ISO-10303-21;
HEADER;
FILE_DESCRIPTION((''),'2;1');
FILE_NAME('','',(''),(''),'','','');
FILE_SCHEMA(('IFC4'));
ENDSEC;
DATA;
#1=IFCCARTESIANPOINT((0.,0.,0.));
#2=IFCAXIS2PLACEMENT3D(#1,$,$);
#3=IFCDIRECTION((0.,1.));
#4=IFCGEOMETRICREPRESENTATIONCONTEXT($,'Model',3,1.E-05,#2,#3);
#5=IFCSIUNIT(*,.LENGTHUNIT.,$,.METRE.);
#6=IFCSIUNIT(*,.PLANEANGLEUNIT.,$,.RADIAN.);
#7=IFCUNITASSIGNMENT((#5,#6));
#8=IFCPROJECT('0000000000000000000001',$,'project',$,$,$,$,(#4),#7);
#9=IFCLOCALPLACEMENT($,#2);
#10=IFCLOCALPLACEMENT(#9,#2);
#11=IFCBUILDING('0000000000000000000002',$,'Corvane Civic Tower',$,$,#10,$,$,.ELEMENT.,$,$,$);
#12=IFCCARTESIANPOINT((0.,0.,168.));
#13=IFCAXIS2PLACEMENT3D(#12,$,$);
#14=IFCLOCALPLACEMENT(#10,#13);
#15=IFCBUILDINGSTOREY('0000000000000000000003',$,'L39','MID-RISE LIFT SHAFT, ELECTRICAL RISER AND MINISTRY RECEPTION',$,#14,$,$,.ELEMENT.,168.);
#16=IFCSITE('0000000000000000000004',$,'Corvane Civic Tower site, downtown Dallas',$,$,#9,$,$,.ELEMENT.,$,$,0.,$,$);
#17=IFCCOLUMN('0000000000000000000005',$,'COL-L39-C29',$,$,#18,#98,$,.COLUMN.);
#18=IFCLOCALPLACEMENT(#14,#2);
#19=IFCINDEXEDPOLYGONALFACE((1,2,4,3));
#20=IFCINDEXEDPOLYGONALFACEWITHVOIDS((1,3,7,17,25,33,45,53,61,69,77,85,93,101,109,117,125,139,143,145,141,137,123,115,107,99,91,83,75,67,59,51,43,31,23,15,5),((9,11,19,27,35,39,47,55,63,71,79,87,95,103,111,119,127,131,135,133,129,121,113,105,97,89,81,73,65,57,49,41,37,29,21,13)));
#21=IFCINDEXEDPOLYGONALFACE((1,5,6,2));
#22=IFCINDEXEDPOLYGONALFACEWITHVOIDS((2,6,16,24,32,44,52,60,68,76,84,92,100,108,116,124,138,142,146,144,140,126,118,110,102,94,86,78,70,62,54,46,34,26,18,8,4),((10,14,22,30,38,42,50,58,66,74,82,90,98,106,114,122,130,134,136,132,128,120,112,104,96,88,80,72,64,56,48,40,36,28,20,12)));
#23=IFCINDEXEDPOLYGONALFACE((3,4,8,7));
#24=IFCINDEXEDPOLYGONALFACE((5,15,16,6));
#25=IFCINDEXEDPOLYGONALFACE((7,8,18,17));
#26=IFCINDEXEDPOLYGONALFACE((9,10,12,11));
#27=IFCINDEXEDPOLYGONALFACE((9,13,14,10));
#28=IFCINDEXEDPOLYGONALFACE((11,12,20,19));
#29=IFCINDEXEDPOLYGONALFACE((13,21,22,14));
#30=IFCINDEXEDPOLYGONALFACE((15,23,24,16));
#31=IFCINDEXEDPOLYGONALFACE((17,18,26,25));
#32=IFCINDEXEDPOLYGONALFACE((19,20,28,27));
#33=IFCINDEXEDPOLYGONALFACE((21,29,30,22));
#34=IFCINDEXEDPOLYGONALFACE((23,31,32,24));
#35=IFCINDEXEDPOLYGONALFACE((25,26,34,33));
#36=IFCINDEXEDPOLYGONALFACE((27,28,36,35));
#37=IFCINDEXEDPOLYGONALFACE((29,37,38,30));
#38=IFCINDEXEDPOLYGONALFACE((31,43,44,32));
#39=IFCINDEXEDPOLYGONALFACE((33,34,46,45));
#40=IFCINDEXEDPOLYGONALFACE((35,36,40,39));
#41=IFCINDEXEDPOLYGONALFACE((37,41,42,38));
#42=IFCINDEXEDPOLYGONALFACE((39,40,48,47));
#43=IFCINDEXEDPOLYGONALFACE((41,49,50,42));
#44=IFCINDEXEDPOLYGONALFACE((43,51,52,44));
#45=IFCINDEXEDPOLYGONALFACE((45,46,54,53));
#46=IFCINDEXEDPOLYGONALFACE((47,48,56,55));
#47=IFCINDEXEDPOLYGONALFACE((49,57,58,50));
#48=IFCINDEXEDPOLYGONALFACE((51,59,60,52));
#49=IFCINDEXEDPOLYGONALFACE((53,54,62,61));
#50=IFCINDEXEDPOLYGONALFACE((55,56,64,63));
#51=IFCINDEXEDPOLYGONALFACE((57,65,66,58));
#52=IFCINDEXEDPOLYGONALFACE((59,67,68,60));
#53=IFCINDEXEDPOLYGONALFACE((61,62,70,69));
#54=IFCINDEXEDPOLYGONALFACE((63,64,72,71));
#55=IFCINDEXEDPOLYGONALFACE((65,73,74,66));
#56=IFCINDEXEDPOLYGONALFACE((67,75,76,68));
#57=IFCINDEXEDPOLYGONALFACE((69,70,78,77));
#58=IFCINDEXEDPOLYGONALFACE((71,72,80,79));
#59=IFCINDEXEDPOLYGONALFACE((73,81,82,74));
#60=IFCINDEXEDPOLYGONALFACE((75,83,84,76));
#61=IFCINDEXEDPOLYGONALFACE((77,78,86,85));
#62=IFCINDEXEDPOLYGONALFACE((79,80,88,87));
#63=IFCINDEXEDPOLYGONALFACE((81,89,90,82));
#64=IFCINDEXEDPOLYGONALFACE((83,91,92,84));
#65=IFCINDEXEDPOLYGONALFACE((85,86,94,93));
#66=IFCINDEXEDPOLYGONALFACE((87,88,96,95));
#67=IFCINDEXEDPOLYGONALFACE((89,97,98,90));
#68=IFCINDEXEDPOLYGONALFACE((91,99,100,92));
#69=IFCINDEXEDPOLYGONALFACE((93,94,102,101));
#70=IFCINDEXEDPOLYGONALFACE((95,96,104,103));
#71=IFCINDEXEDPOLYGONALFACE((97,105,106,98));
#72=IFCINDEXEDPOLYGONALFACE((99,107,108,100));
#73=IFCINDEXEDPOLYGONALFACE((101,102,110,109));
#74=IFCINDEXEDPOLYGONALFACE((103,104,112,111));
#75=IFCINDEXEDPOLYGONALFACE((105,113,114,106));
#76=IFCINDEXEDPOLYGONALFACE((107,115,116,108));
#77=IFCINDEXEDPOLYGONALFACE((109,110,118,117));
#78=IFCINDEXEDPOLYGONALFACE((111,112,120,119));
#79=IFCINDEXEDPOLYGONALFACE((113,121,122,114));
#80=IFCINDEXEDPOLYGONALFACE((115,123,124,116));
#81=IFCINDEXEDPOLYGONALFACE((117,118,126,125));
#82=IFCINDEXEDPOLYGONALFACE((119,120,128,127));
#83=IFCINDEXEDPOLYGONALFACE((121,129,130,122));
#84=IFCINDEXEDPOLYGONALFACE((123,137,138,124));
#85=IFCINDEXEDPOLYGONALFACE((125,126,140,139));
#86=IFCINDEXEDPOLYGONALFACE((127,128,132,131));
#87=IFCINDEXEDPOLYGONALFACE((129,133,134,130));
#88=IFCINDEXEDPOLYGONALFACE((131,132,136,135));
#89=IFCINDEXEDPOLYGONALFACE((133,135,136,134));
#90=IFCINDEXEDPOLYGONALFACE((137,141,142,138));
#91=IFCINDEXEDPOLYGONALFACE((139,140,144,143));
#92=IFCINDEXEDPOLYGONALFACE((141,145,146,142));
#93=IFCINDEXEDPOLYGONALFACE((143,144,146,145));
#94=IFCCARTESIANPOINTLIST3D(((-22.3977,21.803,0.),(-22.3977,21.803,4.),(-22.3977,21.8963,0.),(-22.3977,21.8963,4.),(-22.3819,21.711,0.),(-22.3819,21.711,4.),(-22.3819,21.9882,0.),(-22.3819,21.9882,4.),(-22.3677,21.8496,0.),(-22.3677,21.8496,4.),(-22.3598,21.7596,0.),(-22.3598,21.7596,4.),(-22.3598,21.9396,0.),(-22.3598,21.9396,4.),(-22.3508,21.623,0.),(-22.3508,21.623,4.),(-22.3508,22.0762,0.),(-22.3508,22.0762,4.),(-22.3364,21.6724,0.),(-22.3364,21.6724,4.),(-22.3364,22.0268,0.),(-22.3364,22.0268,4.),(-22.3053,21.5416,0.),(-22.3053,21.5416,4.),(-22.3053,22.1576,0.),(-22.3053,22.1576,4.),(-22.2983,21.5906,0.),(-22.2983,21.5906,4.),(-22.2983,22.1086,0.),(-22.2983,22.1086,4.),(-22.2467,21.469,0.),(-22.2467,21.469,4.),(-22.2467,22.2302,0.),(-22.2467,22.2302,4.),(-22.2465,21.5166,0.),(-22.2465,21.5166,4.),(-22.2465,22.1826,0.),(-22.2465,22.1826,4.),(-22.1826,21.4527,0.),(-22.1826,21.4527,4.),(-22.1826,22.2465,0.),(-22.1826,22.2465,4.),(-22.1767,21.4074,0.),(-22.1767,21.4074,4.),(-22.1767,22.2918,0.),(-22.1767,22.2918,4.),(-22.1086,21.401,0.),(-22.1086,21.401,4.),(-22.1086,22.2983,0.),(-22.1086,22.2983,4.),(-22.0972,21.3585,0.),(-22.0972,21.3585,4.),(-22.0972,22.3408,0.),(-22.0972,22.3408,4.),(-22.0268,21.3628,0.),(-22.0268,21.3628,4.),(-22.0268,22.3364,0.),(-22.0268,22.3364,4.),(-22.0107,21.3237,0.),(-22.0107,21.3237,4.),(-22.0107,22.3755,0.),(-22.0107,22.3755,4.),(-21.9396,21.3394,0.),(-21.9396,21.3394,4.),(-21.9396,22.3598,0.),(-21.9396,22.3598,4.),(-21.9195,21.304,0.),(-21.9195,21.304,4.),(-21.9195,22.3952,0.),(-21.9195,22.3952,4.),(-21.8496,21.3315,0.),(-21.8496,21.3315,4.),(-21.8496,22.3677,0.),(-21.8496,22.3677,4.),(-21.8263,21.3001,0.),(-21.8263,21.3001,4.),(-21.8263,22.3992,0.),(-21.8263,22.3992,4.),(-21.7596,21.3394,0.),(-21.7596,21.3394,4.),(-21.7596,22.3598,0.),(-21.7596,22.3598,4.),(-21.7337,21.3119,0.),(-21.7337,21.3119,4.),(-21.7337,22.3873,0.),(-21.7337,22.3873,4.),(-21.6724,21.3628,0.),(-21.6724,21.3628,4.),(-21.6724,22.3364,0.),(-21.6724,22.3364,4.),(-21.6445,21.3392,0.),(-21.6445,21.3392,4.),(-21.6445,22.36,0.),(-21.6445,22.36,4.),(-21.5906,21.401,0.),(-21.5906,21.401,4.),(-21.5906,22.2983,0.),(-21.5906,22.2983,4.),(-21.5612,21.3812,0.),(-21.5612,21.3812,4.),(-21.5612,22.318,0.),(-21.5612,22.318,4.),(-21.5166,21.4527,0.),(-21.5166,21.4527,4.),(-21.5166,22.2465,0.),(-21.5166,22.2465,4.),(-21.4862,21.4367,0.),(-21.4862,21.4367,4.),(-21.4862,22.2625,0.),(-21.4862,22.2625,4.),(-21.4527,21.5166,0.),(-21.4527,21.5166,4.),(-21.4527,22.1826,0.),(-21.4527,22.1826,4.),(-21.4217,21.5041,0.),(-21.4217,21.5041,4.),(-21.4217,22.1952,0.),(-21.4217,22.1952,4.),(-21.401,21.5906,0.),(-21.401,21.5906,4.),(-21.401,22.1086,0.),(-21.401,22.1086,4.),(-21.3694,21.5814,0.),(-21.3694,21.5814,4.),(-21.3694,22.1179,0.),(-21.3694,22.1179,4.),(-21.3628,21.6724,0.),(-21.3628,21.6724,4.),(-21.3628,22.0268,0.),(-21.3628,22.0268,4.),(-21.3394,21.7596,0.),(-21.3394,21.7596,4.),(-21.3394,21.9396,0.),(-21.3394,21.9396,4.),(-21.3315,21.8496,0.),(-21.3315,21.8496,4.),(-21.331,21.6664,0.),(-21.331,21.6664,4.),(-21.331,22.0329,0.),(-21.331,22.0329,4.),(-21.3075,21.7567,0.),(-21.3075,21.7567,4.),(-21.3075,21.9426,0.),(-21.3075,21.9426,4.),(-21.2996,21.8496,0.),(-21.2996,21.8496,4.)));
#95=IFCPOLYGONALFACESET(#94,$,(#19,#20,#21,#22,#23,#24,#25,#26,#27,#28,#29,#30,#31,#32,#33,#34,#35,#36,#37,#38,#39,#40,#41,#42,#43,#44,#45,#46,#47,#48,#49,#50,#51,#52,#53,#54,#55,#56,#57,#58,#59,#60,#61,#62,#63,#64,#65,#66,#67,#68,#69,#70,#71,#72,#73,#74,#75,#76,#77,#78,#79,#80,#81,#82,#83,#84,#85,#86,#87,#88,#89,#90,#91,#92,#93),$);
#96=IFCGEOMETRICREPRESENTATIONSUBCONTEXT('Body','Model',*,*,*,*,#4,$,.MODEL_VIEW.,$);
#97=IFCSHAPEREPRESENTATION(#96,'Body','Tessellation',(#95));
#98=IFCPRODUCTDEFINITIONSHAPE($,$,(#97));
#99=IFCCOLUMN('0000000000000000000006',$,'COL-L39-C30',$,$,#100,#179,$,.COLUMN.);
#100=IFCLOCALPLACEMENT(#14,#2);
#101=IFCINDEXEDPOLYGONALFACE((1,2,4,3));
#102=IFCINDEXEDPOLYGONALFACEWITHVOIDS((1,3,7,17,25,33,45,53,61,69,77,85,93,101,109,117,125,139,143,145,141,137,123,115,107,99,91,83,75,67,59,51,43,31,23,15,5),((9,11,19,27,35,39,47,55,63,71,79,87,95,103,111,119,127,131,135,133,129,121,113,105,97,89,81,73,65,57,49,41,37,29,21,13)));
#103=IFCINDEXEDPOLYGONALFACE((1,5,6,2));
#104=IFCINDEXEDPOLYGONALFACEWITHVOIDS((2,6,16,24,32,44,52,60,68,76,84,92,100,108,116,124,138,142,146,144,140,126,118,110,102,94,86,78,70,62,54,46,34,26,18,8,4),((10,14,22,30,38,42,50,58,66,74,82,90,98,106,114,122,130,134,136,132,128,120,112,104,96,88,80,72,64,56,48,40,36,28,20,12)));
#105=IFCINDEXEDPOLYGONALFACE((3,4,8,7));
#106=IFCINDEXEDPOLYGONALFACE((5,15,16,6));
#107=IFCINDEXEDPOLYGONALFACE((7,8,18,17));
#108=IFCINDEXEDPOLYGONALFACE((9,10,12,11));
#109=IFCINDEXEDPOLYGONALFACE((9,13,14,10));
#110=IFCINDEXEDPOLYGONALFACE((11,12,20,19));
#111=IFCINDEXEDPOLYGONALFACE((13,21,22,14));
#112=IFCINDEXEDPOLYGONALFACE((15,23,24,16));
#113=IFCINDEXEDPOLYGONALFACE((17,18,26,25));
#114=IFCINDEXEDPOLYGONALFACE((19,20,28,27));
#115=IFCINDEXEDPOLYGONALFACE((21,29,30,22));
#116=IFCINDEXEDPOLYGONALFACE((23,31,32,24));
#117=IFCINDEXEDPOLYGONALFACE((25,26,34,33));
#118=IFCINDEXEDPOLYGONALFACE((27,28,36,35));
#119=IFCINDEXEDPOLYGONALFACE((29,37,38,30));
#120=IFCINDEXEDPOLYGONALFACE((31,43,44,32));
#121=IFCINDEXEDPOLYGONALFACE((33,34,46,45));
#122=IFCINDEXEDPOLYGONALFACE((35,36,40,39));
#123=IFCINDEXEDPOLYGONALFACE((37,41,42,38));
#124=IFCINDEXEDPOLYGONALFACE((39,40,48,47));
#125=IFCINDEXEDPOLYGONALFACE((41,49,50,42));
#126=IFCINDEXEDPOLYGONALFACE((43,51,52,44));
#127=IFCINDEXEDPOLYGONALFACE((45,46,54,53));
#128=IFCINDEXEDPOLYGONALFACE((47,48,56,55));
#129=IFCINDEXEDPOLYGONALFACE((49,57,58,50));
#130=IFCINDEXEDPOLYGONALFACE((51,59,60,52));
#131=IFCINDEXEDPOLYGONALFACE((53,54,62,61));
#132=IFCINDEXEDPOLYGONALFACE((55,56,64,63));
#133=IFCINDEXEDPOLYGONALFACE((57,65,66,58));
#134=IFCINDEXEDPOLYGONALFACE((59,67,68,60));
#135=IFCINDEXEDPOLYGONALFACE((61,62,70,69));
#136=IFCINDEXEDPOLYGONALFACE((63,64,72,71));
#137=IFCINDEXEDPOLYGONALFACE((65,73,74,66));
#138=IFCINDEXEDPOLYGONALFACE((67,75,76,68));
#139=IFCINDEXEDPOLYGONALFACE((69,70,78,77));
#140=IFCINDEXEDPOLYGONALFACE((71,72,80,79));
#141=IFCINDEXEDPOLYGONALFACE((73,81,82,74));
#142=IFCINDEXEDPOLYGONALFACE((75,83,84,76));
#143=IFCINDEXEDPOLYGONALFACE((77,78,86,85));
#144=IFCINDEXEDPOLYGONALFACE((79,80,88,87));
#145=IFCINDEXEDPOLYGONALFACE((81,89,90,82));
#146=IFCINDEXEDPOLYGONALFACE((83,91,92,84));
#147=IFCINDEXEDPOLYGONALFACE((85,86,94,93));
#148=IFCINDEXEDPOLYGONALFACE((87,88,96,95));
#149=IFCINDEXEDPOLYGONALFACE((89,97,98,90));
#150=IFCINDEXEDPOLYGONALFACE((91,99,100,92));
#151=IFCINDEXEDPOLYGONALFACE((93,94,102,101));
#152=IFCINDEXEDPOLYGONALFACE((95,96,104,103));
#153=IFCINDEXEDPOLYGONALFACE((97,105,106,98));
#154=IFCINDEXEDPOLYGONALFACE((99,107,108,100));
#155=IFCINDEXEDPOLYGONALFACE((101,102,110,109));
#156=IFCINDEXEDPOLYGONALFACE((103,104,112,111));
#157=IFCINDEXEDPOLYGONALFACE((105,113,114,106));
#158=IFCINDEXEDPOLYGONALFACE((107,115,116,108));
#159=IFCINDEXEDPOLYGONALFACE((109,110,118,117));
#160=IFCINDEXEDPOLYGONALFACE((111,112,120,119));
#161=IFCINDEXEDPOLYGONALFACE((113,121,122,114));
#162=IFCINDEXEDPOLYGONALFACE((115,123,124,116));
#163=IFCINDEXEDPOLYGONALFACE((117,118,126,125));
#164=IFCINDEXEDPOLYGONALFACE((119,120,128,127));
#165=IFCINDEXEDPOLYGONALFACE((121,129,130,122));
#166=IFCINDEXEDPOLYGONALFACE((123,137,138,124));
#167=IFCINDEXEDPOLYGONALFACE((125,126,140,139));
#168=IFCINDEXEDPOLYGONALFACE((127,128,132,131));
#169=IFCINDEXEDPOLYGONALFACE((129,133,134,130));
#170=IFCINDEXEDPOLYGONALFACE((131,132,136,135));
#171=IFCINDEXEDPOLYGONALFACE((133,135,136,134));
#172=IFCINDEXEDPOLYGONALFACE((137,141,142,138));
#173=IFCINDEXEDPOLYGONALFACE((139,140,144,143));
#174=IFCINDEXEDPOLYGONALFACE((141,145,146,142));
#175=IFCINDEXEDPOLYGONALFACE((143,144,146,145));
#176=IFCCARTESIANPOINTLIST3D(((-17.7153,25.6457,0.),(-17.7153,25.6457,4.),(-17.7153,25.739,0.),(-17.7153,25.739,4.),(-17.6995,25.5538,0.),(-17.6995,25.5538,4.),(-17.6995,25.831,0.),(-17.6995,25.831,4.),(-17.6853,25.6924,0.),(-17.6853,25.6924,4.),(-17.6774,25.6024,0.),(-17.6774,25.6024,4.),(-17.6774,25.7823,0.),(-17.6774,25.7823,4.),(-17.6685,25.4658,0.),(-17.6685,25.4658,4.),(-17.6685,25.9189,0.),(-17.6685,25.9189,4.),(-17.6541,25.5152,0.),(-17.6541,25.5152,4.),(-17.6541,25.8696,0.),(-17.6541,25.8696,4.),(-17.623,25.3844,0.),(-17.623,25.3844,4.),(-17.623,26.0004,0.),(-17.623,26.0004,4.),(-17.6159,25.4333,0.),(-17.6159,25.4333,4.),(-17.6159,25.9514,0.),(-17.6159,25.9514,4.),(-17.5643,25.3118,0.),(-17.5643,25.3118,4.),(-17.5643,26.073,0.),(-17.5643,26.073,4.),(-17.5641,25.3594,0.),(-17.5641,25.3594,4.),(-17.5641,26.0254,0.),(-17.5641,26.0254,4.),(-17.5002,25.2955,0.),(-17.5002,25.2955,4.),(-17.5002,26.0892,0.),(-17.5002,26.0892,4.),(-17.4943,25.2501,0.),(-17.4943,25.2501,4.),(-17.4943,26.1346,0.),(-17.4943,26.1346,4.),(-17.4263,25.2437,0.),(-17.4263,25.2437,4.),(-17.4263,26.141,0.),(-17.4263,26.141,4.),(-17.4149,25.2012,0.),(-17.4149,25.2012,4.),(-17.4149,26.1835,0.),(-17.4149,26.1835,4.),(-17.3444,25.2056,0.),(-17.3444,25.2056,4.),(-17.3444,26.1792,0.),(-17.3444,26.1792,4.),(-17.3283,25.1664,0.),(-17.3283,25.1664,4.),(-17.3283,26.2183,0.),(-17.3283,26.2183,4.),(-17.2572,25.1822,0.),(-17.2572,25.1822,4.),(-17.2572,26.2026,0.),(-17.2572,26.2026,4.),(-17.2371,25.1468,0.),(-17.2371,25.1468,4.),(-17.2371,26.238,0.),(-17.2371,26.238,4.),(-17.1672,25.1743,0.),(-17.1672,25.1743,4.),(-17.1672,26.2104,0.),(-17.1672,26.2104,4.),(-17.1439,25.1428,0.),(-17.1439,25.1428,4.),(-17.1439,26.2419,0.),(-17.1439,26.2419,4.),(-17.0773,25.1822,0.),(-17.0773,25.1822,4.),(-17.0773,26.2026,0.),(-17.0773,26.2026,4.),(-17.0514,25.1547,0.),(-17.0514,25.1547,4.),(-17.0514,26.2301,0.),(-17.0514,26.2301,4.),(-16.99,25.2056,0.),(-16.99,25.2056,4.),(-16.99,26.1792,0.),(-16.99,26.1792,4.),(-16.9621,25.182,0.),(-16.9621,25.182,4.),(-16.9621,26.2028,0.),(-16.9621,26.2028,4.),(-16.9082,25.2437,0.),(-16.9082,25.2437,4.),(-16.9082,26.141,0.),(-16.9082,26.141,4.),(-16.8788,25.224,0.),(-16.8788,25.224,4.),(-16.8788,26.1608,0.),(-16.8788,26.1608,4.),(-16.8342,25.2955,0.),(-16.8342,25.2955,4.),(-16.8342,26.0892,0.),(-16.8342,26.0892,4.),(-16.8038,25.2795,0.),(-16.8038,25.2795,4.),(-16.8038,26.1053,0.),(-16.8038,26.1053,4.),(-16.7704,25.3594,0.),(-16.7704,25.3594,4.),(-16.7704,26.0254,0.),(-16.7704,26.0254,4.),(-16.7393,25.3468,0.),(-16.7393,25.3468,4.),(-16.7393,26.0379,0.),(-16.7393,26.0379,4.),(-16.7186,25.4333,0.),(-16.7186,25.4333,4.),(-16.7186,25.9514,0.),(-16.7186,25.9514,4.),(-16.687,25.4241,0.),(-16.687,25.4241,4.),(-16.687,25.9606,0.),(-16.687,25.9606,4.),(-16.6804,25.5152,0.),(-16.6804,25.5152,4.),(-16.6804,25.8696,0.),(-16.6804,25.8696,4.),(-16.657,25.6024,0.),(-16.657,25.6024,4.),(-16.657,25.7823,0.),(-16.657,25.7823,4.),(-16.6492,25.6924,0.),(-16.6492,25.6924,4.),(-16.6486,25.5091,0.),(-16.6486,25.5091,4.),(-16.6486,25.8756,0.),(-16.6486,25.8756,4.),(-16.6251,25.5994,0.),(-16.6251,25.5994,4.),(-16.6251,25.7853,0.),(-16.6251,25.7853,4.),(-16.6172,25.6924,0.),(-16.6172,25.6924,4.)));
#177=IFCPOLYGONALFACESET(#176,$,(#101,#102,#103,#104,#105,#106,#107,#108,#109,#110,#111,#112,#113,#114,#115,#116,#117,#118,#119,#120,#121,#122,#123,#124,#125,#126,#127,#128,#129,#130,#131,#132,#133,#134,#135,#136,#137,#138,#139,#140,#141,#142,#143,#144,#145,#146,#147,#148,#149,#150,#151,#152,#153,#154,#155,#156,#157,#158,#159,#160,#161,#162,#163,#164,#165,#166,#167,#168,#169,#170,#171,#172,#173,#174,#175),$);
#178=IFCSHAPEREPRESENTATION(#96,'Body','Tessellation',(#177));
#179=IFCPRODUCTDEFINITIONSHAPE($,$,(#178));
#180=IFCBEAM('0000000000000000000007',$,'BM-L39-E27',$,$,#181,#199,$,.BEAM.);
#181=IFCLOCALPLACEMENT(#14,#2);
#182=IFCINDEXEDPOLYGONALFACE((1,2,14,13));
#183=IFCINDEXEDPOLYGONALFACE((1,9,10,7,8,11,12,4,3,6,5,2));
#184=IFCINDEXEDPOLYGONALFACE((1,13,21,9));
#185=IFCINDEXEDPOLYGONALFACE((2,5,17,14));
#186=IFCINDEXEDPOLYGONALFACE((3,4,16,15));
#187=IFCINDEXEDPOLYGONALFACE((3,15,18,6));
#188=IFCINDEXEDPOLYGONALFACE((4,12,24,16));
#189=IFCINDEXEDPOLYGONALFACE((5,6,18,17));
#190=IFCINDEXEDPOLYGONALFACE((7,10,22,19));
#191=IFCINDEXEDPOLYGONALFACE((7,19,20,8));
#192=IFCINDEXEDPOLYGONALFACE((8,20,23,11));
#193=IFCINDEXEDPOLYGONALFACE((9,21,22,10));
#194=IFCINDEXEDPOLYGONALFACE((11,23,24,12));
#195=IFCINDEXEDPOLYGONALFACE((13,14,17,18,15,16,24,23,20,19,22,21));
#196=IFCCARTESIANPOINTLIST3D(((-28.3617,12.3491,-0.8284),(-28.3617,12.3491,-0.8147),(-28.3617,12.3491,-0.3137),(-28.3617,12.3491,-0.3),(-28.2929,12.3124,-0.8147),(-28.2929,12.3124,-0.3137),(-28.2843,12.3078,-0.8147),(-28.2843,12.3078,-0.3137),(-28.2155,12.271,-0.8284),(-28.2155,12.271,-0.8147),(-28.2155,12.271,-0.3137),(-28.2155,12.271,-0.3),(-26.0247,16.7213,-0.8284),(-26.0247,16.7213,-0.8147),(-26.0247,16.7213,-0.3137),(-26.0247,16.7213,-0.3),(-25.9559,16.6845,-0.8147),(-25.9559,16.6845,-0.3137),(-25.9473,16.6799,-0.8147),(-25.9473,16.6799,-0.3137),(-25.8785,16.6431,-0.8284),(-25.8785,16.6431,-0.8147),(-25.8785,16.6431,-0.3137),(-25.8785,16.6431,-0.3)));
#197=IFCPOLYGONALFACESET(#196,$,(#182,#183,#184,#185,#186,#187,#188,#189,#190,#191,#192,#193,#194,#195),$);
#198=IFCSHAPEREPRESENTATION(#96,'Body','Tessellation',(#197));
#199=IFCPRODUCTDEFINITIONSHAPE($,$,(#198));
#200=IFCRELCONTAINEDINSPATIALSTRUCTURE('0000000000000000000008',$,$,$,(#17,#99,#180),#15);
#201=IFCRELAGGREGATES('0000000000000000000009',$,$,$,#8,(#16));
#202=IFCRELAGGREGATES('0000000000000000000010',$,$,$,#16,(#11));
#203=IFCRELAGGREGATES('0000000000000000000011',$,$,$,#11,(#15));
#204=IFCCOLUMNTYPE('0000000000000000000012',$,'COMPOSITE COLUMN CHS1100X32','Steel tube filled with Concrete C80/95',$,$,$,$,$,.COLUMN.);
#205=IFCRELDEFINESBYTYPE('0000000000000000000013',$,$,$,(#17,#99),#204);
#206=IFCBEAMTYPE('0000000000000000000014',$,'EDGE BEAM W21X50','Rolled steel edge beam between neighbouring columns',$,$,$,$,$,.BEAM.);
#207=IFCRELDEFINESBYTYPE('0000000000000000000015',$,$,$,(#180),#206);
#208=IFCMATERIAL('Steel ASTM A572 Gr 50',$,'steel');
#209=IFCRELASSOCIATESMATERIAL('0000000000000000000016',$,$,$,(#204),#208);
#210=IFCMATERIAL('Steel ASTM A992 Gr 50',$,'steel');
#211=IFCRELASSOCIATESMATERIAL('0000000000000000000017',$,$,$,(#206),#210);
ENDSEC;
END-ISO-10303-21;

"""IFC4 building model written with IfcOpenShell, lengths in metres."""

from ifc_helpers import new_model, si_unit, direction, frame, origin, origin_2d, place, context, subcontext, project, spatial, hollow_circle, i_section, extrude, material, material_profile, profile_set, type_object, element, save


model = new_model("IFC4")

# Units and contexts
model_context = context("Model", 3, precision=1e-05, world=origin(), true_north=direction((0.0, 1.0)))
body_context = subcontext(model_context, "Body", "Model", "MODEL_VIEW")
ifc_project = project(units=[si_unit("LENGTHUNIT", "METRE"), si_unit("PLANEANGLEUNIT", "RADIAN")], contexts=[model_context])

# Site, building, storey
site_placement = place(None, origin())
site = spatial("IfcSite", under=ifc_project, at=site_placement, Name="Corvane Civic Tower site, downtown Dallas", CompositionType="ELEMENT", RefElevation=0.0)
building_placement = place(site_placement, origin())
building = spatial("IfcBuilding", under=site, at=building_placement, Name="Corvane Civic Tower", CompositionType="ELEMENT")
storey_placement = place(building_placement, frame((0.0, 0.0, 168.0)))
storey = spatial("IfcBuildingStorey", under=building, at=storey_placement, Name="L39", Description="MID-RISE LIFT SHAFT, ELECTRICAL RISER AND MINISTRY RECEPTION", CompositionType="ELEMENT", Elevation=168.0)

# Columns
ifc_material_1 = material(Name="Steel ASTM A572 Gr 50", Category="steel")
ifc_material_profile_1 = material_profile(ifc_material_1, hollow_circle(Radius=0.55, WallThickness=0.032, at=origin_2d()), Name="CHS1100X32")
ifc_profile_set_1 = profile_set([ifc_material_profile_1], Name="Steel ASTM A572 Gr 50")
column_type = type_object("IfcColumnType", Name="COMPOSITE COLUMN CHS1100X32", Description="Steel tube filled with Concrete C80/95", PredefinedType="COLUMN", material=ifc_profile_set_1)
for number, where, z_axis, x_axis, name in (
    (1, (-21.8496, 21.8496, 0.0), (0.0, 0.0, 1.0), (1.0, 0.0, 0.0), "COL-L39-C29"),
    (2, (-17.1672, 25.6924, 0.0), (0.0, 0.0, 1.0), (1.0, 0.0, 0.0), "COL-L39-C30"),
):
    element("IfcColumn", number, at=place(storey_placement, frame(where, z_axis=z_axis, x_axis=x_axis)), inside=storey, type_object=column_type, Name=name, PredefinedType="COLUMN", context=body_context, shape_type="SweptSolid", body=[
        extrude(hollow_circle(Radius=0.55, WallThickness=0.032, at=origin_2d()), origin(), (0.0, 0.0, 1.0), 4.0),
    ])

# Beam
ifc_material_2 = material(Name="Steel ASTM A992 Gr 50", Category="steel")
ifc_material_profile_2 = material_profile(ifc_material_2, i_section(OverallWidth=0.1658, OverallDepth=0.5283, WebThickness=0.0098, FlangeThickness=0.0137, at=origin_2d()), Name="W21X50")
ifc_profile_set_2 = profile_set([ifc_material_profile_2], Name="Steel ASTM A992 Gr 50")
beam_type = type_object("IfcBeamType", Name="EDGE BEAM W21X50", Description="Rolled steel edge beam between neighbouring columns", PredefinedType="BEAM", material=ifc_profile_set_2)
for number, where, z_axis, x_axis, name in (
    (3, (-28.2886, 12.3101, -0.5642), (0.471396, 0.881922, 0.0), (-0.881922, 0.471396, 0.0), "BM-L39-E27"),
):
    element("IfcBeam", number, at=place(storey_placement, frame(where, z_axis=z_axis, x_axis=x_axis)), inside=storey, type_object=beam_type, Name=name, PredefinedType="BEAM", context=body_context, shape_type="SweptSolid", body=[
        extrude(i_section(OverallWidth=0.1658, OverallDepth=0.5283, WebThickness=0.0098, FlangeThickness=0.0137, at=origin_2d()), origin(), (0.0, 0.0, 1.0), 4.9575),
    ])

save(model, "model.ifc")
